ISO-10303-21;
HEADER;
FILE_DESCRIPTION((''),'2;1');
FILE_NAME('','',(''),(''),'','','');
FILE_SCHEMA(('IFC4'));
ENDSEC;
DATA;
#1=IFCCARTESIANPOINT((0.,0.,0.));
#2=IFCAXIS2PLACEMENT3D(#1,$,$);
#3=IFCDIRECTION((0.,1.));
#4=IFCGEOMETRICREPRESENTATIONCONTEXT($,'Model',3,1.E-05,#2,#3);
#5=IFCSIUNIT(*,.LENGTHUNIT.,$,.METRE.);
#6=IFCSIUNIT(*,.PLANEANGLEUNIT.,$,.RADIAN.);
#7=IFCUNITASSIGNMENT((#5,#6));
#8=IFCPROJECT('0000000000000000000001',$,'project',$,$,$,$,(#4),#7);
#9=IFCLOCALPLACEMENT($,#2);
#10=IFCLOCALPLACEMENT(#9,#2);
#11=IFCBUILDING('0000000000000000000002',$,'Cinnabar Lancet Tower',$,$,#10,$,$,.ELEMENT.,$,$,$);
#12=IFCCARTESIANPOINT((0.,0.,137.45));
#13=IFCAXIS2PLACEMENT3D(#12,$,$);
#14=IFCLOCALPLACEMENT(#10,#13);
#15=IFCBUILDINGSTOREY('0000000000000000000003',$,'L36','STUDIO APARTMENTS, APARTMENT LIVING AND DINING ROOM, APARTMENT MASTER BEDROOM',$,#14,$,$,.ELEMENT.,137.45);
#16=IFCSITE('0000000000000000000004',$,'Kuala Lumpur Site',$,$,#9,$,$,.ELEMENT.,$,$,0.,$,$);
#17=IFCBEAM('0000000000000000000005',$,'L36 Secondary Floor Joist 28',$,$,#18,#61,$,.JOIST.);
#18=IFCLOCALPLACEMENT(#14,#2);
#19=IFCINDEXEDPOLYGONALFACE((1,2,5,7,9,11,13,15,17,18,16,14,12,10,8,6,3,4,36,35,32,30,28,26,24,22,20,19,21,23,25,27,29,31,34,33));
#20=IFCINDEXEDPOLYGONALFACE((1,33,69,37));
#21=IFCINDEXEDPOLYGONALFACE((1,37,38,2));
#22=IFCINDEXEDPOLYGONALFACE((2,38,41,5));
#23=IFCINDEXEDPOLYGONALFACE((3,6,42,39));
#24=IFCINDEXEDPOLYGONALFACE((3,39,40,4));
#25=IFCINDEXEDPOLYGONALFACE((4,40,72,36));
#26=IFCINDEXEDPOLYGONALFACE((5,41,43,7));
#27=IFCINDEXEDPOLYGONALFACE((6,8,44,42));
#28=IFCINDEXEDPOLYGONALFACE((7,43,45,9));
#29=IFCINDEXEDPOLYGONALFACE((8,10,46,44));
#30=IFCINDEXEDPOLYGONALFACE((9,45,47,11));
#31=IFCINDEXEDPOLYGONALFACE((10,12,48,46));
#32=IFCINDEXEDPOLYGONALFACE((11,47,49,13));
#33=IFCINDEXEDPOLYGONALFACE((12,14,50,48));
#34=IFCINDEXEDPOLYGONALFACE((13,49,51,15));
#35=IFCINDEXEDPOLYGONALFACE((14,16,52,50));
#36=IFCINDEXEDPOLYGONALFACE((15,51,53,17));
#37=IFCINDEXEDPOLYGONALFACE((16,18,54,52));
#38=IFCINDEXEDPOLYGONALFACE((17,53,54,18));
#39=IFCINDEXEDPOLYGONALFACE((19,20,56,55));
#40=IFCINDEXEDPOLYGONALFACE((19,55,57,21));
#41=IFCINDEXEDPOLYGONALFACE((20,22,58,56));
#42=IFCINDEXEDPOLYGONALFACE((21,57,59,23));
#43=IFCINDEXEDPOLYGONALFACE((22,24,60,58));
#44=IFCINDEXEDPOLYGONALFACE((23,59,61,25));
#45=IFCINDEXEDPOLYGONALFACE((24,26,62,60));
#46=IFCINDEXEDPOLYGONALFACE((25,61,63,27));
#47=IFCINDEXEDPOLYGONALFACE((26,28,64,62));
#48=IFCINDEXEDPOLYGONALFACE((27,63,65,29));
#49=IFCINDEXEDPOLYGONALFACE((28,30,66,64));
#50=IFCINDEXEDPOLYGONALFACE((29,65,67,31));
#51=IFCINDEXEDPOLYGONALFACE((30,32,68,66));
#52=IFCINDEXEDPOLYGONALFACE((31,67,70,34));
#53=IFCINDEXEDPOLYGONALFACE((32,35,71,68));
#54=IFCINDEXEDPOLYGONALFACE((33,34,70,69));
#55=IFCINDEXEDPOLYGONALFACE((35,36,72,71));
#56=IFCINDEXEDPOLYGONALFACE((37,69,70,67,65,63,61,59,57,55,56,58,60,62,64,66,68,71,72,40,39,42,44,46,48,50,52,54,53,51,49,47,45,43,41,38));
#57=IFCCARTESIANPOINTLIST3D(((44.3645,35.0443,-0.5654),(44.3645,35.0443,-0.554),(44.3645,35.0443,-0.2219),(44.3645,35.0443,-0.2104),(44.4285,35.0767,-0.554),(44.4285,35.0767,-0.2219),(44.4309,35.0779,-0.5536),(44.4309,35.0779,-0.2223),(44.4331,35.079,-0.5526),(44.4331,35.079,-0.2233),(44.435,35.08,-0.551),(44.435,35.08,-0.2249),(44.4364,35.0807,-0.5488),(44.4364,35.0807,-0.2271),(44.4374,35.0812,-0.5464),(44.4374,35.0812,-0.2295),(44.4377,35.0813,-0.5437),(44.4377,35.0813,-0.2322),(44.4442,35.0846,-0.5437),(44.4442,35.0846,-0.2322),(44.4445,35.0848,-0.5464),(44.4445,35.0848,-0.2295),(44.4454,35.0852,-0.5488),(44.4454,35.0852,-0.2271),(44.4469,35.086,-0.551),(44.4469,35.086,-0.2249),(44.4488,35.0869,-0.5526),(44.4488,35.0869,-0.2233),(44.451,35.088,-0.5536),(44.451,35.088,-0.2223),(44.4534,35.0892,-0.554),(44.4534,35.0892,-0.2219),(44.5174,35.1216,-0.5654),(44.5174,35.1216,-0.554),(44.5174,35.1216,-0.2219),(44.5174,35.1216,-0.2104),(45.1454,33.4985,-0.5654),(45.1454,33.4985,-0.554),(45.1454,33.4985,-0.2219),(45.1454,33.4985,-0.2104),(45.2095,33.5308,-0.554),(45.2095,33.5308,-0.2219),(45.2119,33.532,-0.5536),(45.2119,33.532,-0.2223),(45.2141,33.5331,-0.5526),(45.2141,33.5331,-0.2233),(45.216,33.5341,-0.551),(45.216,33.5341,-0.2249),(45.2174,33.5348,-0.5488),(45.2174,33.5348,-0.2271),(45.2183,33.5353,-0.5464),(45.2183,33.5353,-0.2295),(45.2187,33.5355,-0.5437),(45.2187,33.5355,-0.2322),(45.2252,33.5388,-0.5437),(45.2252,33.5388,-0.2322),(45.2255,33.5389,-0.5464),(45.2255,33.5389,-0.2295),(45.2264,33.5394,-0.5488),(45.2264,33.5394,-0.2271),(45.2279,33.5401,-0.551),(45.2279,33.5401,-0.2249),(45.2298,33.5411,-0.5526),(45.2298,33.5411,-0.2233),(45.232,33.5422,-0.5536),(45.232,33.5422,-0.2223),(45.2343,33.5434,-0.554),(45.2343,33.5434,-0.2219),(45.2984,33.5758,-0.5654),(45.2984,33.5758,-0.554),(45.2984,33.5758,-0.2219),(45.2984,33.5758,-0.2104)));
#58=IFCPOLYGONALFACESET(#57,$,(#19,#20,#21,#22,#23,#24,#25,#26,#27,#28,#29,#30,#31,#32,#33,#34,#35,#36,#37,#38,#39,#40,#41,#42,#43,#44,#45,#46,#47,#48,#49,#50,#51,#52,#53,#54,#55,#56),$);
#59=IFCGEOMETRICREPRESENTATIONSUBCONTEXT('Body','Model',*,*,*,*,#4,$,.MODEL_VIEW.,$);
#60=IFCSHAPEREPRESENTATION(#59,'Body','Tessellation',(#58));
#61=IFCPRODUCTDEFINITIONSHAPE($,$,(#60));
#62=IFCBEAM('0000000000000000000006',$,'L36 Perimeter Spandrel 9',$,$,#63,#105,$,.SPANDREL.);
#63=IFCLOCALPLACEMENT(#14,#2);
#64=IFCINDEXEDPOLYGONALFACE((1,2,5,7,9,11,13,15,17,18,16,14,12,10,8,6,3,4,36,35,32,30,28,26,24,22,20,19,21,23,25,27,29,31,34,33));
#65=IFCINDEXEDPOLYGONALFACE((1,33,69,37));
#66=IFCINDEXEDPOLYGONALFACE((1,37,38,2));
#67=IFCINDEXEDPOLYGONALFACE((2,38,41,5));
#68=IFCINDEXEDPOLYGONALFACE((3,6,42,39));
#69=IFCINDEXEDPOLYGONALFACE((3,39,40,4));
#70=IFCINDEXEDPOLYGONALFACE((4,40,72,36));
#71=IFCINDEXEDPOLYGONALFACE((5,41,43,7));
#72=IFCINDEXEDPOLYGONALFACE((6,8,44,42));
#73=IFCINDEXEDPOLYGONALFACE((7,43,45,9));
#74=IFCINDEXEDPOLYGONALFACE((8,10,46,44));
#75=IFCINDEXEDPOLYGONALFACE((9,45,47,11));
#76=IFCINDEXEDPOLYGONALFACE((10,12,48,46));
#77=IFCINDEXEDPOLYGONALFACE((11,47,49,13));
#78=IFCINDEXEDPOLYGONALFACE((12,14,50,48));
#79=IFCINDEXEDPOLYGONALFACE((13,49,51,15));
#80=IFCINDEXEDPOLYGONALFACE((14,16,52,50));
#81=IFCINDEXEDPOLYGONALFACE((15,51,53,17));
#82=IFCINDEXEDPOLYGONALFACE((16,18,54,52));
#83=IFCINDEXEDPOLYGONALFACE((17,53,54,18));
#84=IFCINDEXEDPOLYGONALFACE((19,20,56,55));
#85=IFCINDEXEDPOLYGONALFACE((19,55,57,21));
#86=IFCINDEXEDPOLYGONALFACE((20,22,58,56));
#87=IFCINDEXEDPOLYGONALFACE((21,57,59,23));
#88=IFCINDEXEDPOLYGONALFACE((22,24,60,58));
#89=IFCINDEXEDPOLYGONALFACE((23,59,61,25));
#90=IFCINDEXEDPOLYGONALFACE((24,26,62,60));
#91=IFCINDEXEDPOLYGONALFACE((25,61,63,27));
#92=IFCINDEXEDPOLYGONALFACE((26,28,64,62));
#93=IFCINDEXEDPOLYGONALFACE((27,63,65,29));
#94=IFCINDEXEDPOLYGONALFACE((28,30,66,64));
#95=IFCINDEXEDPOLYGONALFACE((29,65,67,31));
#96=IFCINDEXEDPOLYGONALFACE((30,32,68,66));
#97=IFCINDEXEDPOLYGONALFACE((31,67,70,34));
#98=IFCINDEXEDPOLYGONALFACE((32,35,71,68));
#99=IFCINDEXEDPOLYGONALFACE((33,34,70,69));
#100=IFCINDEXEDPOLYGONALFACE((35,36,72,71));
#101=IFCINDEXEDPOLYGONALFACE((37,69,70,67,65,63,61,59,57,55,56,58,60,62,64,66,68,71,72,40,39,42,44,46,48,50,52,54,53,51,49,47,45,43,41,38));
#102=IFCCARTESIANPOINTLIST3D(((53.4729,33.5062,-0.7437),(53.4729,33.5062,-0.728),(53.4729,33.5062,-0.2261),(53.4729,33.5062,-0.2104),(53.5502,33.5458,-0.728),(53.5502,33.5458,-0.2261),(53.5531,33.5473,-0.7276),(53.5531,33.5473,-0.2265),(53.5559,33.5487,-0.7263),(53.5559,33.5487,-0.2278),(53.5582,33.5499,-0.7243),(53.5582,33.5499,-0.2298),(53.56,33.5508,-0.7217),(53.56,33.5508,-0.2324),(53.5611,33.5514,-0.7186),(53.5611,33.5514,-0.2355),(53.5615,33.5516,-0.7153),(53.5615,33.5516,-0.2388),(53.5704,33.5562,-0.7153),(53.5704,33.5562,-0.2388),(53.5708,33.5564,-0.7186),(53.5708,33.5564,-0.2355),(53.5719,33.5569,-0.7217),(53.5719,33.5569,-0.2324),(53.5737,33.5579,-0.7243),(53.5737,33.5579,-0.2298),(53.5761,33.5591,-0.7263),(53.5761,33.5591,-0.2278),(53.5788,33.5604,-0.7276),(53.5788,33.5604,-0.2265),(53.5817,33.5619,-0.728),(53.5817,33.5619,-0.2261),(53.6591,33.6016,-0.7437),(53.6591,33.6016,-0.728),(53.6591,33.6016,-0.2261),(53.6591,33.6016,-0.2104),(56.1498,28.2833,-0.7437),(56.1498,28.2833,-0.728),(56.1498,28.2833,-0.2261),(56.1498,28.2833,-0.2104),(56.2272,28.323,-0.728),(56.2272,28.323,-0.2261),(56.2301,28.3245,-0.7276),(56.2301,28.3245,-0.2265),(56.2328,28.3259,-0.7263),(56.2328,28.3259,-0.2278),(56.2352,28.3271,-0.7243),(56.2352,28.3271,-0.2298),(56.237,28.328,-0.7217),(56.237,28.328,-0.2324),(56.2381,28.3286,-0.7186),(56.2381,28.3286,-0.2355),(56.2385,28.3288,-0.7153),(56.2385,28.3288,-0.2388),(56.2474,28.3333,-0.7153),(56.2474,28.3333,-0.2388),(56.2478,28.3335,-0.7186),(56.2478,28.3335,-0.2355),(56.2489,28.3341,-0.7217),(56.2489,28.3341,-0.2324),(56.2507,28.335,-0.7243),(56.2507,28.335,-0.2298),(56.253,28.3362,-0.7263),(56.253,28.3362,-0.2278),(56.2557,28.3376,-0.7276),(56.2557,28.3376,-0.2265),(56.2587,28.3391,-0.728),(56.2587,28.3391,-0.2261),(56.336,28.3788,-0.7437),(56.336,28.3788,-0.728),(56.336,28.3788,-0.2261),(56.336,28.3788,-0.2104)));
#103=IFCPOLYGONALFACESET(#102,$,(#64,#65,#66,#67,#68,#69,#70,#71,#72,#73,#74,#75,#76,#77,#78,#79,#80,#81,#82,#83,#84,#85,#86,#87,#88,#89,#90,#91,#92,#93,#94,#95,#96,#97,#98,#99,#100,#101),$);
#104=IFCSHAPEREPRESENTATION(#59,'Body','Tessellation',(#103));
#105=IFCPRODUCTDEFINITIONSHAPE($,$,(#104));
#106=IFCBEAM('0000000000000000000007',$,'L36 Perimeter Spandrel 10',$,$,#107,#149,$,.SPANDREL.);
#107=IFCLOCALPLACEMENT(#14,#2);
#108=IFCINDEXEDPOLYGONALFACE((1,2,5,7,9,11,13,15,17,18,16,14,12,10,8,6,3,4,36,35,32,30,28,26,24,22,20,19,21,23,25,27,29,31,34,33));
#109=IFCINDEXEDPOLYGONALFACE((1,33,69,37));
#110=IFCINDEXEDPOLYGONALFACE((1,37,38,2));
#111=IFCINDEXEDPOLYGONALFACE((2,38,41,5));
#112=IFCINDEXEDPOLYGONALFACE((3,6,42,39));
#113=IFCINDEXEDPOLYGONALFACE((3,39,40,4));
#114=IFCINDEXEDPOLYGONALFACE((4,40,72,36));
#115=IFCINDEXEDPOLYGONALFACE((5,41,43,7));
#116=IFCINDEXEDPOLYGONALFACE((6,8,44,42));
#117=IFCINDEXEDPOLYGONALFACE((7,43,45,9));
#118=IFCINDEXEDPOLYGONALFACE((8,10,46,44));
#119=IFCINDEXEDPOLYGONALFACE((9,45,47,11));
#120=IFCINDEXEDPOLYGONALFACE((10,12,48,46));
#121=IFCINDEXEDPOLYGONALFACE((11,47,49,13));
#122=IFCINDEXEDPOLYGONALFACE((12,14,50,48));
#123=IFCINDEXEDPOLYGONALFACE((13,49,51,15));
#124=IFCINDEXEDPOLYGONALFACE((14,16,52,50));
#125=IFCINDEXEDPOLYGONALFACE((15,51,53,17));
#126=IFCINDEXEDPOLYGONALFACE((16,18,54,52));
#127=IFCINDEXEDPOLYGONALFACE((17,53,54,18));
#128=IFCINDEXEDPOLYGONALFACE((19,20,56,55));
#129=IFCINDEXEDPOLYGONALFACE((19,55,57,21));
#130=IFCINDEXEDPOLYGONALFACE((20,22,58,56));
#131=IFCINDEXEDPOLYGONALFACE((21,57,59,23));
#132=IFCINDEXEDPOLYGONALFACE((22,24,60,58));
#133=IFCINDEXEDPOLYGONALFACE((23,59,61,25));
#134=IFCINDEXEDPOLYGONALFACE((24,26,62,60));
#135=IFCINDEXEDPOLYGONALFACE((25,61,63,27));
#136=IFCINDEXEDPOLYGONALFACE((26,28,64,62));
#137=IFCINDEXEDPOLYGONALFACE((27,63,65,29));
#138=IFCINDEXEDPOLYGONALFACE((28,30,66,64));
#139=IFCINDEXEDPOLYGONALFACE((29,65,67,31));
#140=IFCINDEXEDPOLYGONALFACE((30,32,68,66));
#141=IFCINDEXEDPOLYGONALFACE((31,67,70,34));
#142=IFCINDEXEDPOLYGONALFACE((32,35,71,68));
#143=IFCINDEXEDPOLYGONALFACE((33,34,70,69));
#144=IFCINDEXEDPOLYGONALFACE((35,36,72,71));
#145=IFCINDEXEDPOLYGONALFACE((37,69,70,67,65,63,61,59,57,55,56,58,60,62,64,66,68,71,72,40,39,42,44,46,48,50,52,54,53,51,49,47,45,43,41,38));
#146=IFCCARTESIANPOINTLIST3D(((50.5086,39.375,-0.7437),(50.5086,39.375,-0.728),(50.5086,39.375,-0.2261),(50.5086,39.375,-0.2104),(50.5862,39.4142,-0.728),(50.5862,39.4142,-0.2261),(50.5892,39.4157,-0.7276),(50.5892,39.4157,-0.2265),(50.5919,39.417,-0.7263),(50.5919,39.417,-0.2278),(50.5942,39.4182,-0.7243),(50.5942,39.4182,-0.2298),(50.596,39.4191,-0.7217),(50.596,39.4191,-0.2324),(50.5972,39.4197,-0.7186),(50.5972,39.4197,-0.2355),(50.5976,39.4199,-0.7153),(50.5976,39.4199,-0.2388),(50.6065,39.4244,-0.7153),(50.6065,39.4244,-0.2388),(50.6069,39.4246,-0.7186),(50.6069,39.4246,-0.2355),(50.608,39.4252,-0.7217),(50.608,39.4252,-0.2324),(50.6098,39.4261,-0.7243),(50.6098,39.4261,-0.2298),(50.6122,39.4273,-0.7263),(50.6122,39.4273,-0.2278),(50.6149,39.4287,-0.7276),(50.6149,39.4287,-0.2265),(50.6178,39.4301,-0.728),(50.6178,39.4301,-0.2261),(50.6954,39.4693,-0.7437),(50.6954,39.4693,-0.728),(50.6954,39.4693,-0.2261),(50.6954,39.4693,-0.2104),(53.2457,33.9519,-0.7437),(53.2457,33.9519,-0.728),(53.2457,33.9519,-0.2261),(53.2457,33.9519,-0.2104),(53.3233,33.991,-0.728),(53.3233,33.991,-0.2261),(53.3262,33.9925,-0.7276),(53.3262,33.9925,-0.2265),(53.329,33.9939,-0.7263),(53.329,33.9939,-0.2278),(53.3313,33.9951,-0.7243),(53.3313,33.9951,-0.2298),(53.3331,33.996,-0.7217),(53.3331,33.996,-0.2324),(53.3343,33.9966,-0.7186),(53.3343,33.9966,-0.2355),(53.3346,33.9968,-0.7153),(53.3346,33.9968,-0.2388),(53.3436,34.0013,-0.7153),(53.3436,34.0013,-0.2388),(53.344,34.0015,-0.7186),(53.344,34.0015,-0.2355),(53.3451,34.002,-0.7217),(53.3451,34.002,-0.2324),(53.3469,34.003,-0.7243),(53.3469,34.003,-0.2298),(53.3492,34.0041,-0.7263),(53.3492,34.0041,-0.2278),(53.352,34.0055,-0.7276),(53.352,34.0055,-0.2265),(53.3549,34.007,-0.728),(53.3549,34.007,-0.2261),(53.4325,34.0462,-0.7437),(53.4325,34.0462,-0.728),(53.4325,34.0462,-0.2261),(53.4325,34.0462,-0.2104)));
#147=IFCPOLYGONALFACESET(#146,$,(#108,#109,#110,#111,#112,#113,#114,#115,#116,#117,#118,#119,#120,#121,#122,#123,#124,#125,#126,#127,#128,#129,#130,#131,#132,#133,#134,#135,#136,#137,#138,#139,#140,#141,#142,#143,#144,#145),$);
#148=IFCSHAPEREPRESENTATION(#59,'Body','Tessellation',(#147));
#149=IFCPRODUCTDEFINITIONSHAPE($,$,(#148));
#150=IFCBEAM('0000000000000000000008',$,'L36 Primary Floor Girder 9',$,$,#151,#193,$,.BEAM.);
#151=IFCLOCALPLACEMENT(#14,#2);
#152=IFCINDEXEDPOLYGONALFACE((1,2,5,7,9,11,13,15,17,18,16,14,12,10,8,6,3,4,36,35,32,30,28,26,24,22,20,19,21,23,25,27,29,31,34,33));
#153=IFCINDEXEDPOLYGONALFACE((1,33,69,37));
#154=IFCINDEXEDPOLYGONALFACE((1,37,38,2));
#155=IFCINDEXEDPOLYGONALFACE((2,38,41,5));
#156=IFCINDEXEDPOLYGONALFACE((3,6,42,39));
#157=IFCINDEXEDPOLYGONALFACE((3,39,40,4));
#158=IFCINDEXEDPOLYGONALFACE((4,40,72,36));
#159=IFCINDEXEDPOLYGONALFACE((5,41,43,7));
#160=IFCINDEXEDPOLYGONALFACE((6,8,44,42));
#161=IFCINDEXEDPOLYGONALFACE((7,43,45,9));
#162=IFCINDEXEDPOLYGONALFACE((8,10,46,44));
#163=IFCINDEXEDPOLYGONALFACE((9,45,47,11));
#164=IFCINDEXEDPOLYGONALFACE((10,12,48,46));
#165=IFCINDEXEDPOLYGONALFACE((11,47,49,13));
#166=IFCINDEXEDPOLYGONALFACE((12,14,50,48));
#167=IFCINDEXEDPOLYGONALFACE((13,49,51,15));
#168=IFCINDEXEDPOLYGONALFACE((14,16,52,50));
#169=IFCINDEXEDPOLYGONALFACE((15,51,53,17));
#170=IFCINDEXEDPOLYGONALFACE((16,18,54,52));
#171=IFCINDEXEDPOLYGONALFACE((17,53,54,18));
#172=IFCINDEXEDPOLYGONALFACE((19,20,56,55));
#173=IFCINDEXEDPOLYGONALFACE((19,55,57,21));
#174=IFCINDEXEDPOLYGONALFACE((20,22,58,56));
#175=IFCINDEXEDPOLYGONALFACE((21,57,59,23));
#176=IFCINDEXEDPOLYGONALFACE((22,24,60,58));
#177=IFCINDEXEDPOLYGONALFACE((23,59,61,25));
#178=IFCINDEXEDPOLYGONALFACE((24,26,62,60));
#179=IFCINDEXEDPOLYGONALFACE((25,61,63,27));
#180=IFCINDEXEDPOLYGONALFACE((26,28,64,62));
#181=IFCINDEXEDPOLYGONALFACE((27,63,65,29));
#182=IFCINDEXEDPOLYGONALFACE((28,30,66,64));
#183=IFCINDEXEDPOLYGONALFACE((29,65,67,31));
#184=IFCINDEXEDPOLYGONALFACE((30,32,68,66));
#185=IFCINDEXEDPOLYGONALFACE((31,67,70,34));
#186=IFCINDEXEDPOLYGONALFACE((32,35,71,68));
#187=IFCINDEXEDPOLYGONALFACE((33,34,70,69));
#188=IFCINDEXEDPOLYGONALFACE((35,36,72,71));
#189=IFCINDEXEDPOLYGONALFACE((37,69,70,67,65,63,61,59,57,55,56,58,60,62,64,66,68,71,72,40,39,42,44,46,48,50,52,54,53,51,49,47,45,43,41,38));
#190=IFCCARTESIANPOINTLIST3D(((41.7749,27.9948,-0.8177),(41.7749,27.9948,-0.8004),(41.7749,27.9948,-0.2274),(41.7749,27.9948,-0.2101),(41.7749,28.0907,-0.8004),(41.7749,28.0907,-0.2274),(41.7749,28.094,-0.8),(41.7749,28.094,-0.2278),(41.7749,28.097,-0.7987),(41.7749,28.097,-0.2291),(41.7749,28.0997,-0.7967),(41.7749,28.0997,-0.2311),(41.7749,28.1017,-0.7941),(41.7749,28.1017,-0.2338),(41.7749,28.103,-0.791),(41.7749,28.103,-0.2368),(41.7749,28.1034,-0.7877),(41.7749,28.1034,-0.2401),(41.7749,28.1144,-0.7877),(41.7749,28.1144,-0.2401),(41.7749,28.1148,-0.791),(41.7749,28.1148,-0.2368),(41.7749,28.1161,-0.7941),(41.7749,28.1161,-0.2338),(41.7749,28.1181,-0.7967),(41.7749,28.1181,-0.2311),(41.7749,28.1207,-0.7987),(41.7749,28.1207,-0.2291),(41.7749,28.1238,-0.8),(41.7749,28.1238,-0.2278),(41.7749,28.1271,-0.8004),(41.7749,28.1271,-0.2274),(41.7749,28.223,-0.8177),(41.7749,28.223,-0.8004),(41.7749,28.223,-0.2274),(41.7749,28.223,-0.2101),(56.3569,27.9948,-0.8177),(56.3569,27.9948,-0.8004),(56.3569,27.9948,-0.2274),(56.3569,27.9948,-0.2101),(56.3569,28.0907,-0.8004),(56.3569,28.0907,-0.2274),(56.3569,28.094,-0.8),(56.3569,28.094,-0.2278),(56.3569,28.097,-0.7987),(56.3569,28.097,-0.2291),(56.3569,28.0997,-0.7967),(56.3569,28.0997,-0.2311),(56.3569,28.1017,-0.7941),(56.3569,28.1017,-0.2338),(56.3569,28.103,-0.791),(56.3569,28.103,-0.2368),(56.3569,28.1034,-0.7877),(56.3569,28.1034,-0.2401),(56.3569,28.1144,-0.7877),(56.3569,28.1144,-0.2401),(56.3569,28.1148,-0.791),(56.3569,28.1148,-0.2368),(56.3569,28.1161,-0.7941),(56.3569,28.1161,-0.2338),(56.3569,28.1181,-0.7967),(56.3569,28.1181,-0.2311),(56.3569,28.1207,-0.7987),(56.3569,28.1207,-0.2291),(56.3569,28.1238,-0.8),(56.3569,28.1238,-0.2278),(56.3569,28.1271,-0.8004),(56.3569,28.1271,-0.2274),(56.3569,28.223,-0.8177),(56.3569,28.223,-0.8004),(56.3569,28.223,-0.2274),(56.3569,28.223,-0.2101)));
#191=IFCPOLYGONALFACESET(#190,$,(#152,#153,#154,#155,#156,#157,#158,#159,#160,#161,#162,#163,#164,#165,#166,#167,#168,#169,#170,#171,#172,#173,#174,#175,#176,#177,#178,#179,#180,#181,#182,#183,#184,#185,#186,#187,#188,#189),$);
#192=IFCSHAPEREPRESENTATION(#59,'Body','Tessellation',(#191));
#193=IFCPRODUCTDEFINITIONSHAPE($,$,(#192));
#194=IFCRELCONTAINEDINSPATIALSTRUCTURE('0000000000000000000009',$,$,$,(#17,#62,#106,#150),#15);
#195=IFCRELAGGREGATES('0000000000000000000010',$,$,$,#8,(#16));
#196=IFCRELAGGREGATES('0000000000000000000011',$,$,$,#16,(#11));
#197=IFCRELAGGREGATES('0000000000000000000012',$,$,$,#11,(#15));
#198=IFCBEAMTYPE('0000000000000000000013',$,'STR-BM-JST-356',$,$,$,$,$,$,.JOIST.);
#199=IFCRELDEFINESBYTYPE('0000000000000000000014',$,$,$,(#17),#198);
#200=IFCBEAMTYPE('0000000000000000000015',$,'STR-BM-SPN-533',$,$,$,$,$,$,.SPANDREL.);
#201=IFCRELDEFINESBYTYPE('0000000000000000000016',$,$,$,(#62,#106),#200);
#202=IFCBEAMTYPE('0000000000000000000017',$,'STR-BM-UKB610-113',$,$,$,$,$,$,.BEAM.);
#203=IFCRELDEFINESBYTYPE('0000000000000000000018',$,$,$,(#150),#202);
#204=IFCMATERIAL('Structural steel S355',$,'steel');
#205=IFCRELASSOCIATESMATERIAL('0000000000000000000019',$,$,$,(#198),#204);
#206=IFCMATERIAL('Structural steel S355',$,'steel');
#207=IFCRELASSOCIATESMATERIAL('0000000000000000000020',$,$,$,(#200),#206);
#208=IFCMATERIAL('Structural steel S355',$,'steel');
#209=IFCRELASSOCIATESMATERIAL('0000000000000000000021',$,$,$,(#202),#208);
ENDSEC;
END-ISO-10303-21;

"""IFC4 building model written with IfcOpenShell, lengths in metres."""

from ifc_helpers import new_model, si_unit, direction, frame, origin, origin_2d, place, context, subcontext, project, spatial, i_section, extrude, material, material_profile, profile_set, type_object, element, save


model = new_model("IFC4")

# Units and contexts
model_context = context("Model", 3, precision=1e-05, world=origin(), true_north=direction((0.0, 1.0)))
body_context = subcontext(model_context, "Body", "Model", "MODEL_VIEW")
ifc_project = project(units=[si_unit("LENGTHUNIT", "METRE"), si_unit("PLANEANGLEUNIT", "RADIAN")], contexts=[model_context])

# Site, building, storey
site_placement = place(None, origin())
site = spatial("IfcSite", under=ifc_project, at=site_placement, Name="Kuala Lumpur Site", CompositionType="ELEMENT", RefElevation=0.0)
building_placement = place(site_placement, origin())
building = spatial("IfcBuilding", under=site, at=building_placement, Name="Cinnabar Lancet Tower", CompositionType="ELEMENT")
storey_placement = place(building_placement, frame((0.0, 0.0, 137.45)))
storey = spatial("IfcBuildingStorey", under=building, at=storey_placement, Name="L36", Description="STUDIO APARTMENTS, APARTMENT LIVING AND DINING ROOM, APARTMENT MASTER BEDROOM", CompositionType="ELEMENT", Elevation=137.45)

# Beams
ifc_material_1 = material(Name="Structural steel S355", Category="steel")
ifc_material_profile_1 = material_profile(ifc_material_1, i_section(OverallWidth=0.1714, OverallDepth=0.355, WebThickness=0.0073, FlangeThickness=0.0115, FilletRadius=0.0103, at=origin_2d()), Name="UKB 356x171x51")
ifc_profile_set_1 = profile_set([ifc_material_profile_1], Name="Structural steel S355")
beam_type_1 = type_object("IfcBeamType", Name="STR-BM-JST-356", PredefinedType="JOIST", material=ifc_profile_set_1)
beam_1_placement = place(storey_placement, frame((45.2219, 33.5371, -0.3879), z_axis=(-0.450931, 0.892559, 0.0), x_axis=(-0.892559, -0.450931, 0.0)))
element("IfcBeam", 1, at=beam_1_placement, inside=storey, type_object=beam_type_1, Name="L36 Secondary Floor Joist 28", PredefinedType="JOIST", context=body_context, shape_type="SweptSolid", body=[
    extrude(i_section(OverallWidth=0.1714, OverallDepth=0.355, WebThickness=0.0073, FlangeThickness=0.0115, FilletRadius=0.0103, at=origin_2d()), origin(), (0.0, 0.0, 1.0), 1.7319),
])
ifc_material_2 = material(Name="Structural steel S355", Category="steel")
ifc_material_profile_2 = material_profile(ifc_material_2, i_section(OverallWidth=0.2092, OverallDepth=0.5332, WebThickness=0.01, FlangeThickness=0.0156, FilletRadius=0.0127, at=origin_2d()), Name="UKB 533x210x92")
ifc_profile_set_2 = profile_set([ifc_material_profile_2], Name="Structural steel S355")
beam_type_2 = type_object("IfcBeamType", Name="STR-BM-SPN-533", PredefinedType="SPANDREL", material=ifc_profile_set_2)
beam_2_placement = place(storey_placement, frame((56.2429, 28.3311, -0.4771), z_axis=(-0.456127, 0.889915, 0.0), x_axis=(-0.889915, -0.456127, 0.0)))
element("IfcBeam", 2, at=beam_2_placement, inside=storey, type_object=beam_type_2, Name="L36 Perimeter Spandrel 9", PredefinedType="SPANDREL", context=body_context, shape_type="SweptSolid", body=[
    extrude(i_section(OverallWidth=0.2092, OverallDepth=0.5332, WebThickness=0.01, FlangeThickness=0.0156, FilletRadius=0.0127, at=origin_2d()), origin(), (0.0, 0.0, 1.0), 5.8689),
])
beam_3_placement = place(storey_placement, frame((53.3391, 33.999, -0.4771), z_axis=(-0.45057, 0.892741, 0.0), x_axis=(-0.892741, -0.45057, 0.0)))
element("IfcBeam", 3, at=beam_3_placement, inside=storey, type_object=beam_type_2, Name="L36 Perimeter Spandrel 10", PredefinedType="SPANDREL", context=body_context, shape_type="SweptSolid", body=[
    extrude(i_section(OverallWidth=0.2092, OverallDepth=0.5332, WebThickness=0.01, FlangeThickness=0.0156, FilletRadius=0.0127, at=origin_2d()), origin(), (0.0, 0.0, 1.0), 6.0747),
])
ifc_material_3 = material(Name="Structural steel S355", Category="steel")
ifc_material_profile_3 = material_profile(ifc_material_3, i_section(OverallWidth=0.2283, OverallDepth=0.6077, WebThickness=0.011, FlangeThickness=0.0173, FilletRadius=0.0127, at=origin_2d()), Name="UKB 610x229x113")
ifc_profile_set_3 = profile_set([ifc_material_profile_3], Name="Structural steel S355")
beam_type_3 = type_object("IfcBeamType", Name="STR-BM-UKB610-113", PredefinedType="BEAM", material=ifc_profile_set_3)
beam_4_placement = place(storey_placement, frame((56.3569, 28.1089, -0.5139), z_axis=(-1.0, 0.0, 0.0), x_axis=(0.0, -1.0, 0.0)))
element("IfcBeam", 4, at=beam_4_placement, inside=storey, type_object=beam_type_3, Name="L36 Primary Floor Girder 9", PredefinedType="BEAM", context=body_context, shape_type="SweptSolid", body=[
    extrude(i_section(OverallWidth=0.2283, OverallDepth=0.6077, WebThickness=0.011, FlangeThickness=0.0173, FilletRadius=0.0127, at=origin_2d()), origin(), (0.0, 0.0, 1.0), 14.582),
])

save(model, "model.ifc")
